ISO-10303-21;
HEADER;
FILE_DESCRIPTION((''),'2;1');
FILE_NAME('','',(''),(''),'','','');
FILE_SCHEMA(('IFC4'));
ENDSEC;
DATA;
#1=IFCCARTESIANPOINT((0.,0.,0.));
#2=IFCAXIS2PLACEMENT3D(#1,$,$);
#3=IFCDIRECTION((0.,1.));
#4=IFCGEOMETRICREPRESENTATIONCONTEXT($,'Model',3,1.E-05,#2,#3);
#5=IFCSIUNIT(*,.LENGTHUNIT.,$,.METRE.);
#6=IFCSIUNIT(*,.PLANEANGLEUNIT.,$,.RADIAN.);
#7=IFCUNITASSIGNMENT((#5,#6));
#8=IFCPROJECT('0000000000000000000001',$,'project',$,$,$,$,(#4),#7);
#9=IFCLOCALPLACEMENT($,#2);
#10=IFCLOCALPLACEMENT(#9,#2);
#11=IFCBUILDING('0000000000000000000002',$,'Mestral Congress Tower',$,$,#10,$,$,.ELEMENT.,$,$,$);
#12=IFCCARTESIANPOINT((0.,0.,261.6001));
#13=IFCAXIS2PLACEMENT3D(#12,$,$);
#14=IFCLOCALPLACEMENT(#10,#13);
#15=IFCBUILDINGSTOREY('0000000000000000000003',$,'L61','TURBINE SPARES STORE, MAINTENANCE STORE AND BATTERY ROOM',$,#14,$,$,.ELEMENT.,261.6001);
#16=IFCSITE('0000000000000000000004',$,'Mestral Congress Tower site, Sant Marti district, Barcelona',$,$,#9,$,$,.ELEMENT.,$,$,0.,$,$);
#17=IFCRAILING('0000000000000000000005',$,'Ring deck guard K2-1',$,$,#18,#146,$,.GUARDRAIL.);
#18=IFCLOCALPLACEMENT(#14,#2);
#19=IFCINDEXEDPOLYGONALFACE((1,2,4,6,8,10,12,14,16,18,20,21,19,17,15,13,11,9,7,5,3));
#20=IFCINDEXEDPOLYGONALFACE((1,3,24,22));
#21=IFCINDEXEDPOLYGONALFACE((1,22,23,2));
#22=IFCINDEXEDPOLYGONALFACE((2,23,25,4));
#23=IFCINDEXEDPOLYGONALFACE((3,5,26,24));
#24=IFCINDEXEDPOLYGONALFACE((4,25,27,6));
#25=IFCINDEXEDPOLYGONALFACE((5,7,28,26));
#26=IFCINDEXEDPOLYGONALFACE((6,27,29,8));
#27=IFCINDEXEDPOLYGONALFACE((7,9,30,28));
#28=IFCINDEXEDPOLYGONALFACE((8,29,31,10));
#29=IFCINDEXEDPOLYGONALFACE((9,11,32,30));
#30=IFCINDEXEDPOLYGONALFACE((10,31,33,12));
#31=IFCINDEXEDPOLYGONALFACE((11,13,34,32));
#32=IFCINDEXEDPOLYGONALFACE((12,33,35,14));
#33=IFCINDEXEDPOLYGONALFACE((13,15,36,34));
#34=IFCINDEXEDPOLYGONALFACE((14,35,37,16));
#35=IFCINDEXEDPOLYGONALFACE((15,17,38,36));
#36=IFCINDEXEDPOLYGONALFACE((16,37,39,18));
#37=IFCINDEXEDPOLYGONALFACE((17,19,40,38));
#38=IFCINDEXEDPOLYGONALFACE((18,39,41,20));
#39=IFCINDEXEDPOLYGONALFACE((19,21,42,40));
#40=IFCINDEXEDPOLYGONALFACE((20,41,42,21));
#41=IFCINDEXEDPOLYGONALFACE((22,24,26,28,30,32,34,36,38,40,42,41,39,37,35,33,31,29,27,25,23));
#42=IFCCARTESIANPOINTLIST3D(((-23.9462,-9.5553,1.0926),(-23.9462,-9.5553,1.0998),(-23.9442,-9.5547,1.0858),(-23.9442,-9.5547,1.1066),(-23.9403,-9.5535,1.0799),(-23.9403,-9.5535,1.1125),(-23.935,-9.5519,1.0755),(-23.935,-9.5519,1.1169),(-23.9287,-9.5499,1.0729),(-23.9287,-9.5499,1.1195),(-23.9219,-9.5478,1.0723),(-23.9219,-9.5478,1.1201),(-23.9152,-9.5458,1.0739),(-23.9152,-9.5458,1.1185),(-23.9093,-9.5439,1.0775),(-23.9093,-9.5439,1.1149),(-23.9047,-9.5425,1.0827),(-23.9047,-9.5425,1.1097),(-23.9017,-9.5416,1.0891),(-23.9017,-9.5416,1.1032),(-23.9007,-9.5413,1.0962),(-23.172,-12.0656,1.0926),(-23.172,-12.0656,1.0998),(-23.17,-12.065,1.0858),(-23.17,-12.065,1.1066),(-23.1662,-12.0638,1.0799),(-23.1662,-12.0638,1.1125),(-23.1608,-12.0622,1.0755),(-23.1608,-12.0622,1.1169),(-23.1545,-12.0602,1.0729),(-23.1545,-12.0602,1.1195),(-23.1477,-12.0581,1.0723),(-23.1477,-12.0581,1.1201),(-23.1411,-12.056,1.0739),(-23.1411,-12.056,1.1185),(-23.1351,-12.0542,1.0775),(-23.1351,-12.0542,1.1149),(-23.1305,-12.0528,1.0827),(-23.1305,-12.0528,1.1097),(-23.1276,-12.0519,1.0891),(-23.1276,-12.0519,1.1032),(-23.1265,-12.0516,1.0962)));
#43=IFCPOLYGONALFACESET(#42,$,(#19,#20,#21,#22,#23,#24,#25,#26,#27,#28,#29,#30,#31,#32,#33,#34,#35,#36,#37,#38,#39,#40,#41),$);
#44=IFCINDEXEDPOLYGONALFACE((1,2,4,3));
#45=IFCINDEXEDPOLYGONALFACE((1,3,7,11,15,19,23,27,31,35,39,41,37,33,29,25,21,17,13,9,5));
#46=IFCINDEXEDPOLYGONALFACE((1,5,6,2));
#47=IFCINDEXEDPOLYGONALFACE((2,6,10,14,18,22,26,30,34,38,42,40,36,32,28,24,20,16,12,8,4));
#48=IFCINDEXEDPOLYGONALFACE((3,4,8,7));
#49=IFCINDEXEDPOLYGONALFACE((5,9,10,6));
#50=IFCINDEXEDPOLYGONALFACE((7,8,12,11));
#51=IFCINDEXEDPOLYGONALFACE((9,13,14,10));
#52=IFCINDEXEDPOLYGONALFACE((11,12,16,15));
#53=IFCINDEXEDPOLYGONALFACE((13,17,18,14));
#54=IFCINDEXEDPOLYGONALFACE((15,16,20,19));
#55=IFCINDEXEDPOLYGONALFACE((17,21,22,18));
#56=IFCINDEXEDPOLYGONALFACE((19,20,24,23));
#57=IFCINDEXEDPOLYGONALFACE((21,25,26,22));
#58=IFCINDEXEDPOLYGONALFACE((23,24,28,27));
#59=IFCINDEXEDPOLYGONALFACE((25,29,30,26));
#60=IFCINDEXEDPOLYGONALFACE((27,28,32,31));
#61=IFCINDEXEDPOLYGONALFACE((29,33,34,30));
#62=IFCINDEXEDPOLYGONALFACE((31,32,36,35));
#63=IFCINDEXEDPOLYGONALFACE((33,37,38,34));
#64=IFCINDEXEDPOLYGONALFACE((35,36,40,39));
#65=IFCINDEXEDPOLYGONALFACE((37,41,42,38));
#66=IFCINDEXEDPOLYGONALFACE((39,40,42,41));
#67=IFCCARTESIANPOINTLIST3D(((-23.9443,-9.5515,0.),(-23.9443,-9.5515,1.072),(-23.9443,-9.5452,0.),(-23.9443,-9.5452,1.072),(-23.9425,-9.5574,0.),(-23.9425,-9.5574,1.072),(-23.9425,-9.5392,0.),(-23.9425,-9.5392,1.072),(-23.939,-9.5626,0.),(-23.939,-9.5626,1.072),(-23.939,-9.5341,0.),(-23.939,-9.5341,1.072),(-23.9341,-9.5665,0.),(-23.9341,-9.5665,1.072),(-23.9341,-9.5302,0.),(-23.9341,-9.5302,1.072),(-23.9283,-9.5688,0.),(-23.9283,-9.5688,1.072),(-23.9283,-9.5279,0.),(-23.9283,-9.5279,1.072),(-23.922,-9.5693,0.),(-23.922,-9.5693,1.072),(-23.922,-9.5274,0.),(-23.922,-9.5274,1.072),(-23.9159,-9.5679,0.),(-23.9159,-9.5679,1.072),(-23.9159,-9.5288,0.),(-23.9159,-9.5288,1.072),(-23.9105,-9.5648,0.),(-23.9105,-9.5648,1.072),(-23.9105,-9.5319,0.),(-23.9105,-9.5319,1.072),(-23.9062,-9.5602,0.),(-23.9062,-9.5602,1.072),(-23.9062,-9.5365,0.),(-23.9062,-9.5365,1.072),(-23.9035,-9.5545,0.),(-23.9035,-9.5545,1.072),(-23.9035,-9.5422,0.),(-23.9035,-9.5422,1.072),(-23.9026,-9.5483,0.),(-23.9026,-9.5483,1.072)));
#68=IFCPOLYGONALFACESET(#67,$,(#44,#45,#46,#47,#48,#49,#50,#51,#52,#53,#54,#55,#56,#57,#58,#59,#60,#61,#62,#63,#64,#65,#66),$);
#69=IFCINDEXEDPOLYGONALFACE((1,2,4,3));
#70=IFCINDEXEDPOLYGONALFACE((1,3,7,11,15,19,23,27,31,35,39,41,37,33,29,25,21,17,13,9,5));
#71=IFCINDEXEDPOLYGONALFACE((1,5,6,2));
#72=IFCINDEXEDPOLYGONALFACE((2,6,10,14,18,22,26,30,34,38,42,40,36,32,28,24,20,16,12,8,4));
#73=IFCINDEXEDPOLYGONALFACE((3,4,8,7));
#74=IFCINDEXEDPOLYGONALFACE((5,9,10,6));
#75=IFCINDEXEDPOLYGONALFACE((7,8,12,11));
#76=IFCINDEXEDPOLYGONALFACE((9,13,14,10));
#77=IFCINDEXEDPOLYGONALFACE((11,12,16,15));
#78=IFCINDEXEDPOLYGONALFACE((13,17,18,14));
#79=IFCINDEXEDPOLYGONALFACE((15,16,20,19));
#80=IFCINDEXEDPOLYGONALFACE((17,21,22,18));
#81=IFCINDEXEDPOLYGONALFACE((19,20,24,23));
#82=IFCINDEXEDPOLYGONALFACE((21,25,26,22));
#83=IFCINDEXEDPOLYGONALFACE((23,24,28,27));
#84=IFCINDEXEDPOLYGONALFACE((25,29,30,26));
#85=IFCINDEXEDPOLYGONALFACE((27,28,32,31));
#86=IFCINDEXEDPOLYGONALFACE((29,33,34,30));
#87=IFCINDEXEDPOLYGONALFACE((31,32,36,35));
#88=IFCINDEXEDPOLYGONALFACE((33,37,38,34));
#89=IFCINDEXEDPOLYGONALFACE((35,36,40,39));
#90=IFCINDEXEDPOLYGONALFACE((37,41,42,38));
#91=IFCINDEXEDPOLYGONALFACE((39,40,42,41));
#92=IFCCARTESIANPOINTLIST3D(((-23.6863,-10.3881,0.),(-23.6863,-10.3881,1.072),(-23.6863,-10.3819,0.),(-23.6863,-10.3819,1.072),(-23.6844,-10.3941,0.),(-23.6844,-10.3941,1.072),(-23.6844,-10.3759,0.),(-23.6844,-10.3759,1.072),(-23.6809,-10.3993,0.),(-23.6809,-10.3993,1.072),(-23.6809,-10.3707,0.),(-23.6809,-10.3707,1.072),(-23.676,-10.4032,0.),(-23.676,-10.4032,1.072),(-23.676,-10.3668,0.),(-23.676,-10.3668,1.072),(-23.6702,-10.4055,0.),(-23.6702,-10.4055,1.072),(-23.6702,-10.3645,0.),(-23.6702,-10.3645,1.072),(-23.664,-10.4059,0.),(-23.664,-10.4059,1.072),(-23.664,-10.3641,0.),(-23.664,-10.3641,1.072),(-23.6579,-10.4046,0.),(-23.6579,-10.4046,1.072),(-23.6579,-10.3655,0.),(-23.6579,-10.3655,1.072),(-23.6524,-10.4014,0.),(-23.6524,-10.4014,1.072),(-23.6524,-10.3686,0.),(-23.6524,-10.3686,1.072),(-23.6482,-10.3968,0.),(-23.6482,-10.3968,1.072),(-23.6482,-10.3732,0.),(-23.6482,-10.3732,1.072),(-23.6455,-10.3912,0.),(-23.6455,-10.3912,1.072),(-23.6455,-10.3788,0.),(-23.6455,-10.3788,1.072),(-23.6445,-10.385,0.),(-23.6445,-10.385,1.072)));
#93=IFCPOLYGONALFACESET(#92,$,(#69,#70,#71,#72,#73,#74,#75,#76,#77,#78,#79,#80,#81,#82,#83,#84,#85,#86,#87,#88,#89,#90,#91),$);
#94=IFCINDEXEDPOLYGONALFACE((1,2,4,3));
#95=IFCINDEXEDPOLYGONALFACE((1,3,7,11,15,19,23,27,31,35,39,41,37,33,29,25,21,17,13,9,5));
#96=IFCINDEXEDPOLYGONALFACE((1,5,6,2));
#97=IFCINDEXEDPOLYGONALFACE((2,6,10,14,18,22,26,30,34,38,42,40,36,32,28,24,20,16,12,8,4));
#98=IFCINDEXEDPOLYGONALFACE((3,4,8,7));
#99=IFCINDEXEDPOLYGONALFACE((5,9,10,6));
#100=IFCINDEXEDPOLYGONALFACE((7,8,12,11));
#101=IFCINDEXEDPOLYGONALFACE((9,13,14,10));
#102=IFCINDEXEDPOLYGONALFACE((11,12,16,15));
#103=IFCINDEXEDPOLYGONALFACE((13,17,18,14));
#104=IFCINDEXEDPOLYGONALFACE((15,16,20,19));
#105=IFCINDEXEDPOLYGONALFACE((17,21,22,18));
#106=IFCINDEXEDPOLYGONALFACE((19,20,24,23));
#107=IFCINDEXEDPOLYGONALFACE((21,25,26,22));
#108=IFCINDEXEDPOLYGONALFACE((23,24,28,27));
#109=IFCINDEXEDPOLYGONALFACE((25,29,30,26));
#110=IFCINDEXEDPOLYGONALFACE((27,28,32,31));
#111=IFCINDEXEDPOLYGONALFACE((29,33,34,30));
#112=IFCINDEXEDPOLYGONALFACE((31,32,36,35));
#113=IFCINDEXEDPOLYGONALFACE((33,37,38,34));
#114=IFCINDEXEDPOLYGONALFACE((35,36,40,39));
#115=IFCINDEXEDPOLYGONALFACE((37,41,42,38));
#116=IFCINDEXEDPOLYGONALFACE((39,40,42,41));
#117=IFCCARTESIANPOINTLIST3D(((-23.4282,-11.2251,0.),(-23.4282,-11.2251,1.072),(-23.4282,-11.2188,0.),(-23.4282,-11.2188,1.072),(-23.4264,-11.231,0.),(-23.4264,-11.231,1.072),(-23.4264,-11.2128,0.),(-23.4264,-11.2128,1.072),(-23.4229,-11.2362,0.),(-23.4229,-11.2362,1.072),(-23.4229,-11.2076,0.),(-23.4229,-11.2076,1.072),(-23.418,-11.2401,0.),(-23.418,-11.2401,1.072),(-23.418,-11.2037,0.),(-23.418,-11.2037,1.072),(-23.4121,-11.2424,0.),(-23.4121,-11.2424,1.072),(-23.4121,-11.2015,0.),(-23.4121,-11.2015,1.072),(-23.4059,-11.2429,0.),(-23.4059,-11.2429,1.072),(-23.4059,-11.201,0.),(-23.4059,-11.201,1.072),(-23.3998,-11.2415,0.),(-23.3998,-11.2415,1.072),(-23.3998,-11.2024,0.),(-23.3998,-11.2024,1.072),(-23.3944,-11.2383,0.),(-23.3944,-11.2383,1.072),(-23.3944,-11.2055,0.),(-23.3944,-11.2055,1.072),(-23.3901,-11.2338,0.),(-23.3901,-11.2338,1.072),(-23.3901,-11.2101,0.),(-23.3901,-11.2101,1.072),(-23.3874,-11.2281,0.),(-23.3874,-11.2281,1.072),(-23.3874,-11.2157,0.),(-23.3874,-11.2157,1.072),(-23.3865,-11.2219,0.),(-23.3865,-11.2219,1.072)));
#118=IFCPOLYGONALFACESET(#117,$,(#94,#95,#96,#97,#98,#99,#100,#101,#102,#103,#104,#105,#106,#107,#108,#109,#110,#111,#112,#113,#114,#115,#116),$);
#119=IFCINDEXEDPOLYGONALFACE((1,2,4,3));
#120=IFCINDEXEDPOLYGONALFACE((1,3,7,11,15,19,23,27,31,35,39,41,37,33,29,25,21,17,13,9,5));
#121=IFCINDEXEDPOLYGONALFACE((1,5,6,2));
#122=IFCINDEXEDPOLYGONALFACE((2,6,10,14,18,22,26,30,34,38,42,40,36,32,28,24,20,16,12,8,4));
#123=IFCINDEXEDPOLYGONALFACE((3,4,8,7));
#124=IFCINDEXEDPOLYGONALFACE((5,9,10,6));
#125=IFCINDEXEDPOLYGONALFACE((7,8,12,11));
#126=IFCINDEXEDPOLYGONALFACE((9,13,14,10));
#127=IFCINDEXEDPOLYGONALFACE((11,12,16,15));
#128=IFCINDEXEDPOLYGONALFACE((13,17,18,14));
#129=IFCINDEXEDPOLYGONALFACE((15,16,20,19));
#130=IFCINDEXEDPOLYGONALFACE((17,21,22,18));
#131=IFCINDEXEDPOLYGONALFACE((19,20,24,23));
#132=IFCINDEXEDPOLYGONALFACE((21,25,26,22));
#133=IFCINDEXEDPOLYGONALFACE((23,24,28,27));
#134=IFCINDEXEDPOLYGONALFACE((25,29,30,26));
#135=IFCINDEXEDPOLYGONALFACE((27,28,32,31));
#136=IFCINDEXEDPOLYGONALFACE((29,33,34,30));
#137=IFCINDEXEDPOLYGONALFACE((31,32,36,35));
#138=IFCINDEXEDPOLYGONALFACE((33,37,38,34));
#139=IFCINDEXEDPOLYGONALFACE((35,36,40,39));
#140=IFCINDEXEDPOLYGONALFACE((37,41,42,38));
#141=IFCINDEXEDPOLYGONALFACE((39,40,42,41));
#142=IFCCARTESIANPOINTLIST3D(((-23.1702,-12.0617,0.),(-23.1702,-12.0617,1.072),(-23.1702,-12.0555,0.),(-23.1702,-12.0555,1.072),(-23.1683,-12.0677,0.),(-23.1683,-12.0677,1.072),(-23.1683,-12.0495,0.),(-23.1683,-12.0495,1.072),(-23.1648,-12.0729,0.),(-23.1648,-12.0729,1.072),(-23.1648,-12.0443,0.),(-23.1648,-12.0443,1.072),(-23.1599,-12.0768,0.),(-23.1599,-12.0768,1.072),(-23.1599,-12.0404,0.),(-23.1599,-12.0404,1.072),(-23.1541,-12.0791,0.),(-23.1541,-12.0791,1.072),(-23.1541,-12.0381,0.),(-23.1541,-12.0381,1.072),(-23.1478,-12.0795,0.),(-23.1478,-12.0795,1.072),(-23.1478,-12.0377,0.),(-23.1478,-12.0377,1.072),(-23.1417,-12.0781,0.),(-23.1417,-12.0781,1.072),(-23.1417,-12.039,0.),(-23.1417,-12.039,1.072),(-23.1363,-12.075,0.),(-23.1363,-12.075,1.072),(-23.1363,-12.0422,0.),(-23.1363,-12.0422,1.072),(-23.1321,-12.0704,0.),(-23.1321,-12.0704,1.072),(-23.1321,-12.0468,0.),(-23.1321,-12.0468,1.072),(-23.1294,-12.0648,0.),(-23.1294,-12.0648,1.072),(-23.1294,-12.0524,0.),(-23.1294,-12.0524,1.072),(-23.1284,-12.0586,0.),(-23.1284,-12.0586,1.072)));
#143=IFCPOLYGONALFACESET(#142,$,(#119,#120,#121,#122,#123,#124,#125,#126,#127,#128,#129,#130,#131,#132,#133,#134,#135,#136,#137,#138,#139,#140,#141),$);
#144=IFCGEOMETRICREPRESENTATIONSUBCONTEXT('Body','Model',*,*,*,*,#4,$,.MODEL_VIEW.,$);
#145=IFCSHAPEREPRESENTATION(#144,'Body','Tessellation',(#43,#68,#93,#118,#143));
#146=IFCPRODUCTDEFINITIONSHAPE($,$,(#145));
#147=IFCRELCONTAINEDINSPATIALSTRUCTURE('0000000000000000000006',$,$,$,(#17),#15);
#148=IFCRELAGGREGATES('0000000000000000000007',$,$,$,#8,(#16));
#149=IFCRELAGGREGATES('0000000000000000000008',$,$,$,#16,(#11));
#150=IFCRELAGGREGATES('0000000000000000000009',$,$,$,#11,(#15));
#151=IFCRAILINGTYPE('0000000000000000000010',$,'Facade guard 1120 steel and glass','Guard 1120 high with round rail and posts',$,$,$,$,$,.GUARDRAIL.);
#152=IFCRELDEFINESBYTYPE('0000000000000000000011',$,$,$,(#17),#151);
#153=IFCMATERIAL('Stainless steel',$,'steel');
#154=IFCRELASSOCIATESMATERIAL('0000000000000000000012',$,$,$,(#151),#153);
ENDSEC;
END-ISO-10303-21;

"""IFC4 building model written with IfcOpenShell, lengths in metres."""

from ifc_helpers import new_model, si_unit, direction, frame, origin, origin_2d, place, context, subcontext, project, spatial, circle, extrude, material, type_object, element, save


model = new_model("IFC4")

# Units and contexts
model_context = context("Model", 3, precision=1e-05, world=origin(), true_north=direction((0.0, 1.0)))
body_context = subcontext(model_context, "Body", "Model", "MODEL_VIEW")
ifc_project = project(units=[si_unit("LENGTHUNIT", "METRE"), si_unit("PLANEANGLEUNIT", "RADIAN")], contexts=[model_context])

# Site, building, storey
site_placement = place(None, origin())
site = spatial("IfcSite", under=ifc_project, at=site_placement, Name="Mestral Congress Tower site, Sant Marti district, Barcelona", CompositionType="ELEMENT", RefElevation=0.0)
building_placement = place(site_placement, origin())
building = spatial("IfcBuilding", under=site, at=building_placement, Name="Mestral Congress Tower", CompositionType="ELEMENT")
storey_placement = place(building_placement, frame((0.0, 0.0, 261.6001)))
storey = spatial("IfcBuildingStorey", under=building, at=storey_placement, Name="L61", Description="TURBINE SPARES STORE, MAINTENANCE STORE AND BATTERY ROOM", CompositionType="ELEMENT", Elevation=261.6001)

# Railing
ifc_material_1 = material(Name="Stainless steel", Category="steel")
railing_type = type_object("IfcRailingType", Name="Facade guard 1120 steel and glass", Description="Guard 1120 high with round rail and posts", PredefinedType="GUARDRAIL", material=ifc_material_1)
railing_1_placement = place(storey_placement, frame((-23.9236, -9.5483, 0.0)))
element("IfcRailing", 1, at=railing_1_placement, inside=storey, type_object=railing_type, Name="Ring deck guard K2-1", PredefinedType="GUARDRAIL", context=body_context, shape_type="SweptSolid", body=[
    extrude(circle(Radius=0.0239, at=origin_2d()), frame((0.0, 0.0, 1.0962), z_axis=(0.294706, -0.955588, 0.0), x_axis=(0.955588, 0.294706, 0.0)), (0.0, 0.0, 1.0), 2.627),
    extrude(circle(Radius=0.021, at=origin_2d()), origin(), (0.0, 0.0, 1.0), 1.072),
    extrude(circle(Radius=0.021, at=origin_2d()), frame((0.2581, -0.8367, 0.0)), (0.0, 0.0, 1.0), 1.072),
    extrude(circle(Radius=0.021, at=origin_2d()), frame((0.5161, -1.6736, 0.0)), (0.0, 0.0, 1.0), 1.072),
    extrude(circle(Radius=0.021, at=origin_2d()), frame((0.7742, -2.5103, 0.0)), (0.0, 0.0, 1.0), 1.072),
])

save(model, "model.ifc")
